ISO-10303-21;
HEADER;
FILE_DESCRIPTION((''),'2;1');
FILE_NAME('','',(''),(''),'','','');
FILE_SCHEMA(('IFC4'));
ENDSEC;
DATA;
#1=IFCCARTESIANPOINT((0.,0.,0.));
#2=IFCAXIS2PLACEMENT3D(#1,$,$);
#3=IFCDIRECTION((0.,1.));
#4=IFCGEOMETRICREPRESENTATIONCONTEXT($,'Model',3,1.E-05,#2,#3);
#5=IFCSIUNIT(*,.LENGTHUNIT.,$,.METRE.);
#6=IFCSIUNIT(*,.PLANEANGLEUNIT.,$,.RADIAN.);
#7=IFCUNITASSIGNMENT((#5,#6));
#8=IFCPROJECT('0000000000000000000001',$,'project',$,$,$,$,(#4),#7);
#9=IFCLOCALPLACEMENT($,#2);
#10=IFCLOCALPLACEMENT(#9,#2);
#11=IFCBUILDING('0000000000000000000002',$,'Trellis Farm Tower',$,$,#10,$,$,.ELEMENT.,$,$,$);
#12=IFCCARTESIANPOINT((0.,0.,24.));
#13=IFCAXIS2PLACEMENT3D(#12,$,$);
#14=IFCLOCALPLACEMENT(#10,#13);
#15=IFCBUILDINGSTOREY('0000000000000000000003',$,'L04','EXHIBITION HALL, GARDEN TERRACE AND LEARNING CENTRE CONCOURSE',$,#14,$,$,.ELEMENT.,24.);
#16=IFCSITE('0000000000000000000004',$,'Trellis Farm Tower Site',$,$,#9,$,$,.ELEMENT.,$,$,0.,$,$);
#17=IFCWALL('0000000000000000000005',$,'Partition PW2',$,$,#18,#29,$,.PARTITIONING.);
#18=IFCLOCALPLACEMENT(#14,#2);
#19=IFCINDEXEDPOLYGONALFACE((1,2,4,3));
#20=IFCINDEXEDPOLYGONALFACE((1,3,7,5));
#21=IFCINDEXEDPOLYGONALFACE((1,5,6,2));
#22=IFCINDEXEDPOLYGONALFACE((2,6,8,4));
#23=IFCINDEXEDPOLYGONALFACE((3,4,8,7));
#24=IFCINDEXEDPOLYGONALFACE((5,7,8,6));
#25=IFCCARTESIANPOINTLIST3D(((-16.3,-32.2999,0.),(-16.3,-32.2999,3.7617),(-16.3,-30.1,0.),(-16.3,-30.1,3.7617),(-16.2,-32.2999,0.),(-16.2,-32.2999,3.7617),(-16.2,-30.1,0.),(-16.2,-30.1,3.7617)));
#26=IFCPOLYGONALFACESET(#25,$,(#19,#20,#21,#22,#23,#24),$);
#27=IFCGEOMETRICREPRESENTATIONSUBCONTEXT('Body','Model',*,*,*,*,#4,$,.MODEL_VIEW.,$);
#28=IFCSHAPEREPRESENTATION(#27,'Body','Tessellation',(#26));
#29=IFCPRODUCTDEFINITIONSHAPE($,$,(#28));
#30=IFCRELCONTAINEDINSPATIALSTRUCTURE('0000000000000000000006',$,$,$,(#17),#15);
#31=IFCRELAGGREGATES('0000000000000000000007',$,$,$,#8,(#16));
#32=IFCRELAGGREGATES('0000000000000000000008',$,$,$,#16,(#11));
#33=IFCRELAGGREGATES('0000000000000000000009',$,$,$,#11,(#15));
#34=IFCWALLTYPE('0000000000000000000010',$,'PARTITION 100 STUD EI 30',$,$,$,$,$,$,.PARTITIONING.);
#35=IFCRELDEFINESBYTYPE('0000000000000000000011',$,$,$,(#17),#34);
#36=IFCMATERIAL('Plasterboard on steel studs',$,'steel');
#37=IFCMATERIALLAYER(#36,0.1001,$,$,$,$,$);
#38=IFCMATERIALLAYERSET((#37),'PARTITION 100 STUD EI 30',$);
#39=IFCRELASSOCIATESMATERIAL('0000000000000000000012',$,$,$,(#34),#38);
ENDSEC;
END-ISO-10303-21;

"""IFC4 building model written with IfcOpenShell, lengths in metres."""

from ifc_helpers import new_model, si_unit, direction, frame, frame_2d, origin, place, context, subcontext, project, spatial, rectangle, extrude, source, transform, mapped, material, layer, layer_set, type_object, element, save


model = new_model("IFC4")

# Units and contexts
model_context = context("Model", 3, precision=1e-05, world=origin(), true_north=direction((0.0, 1.0)))
body_context = subcontext(model_context, "Body", "Model", "MODEL_VIEW")
ifc_project = project(units=[si_unit("LENGTHUNIT", "METRE"), si_unit("PLANEANGLEUNIT", "RADIAN")], contexts=[model_context])

# Site, building, storey
site_placement = place(None, origin())
site = spatial("IfcSite", under=ifc_project, at=site_placement, Name="Trellis Farm Tower Site", CompositionType="ELEMENT", RefElevation=0.0)
building_placement = place(site_placement, origin())
building = spatial("IfcBuilding", under=site, at=building_placement, Name="Trellis Farm Tower", CompositionType="ELEMENT")
storey_placement = place(building_placement, frame((0.0, 0.0, 24.0)))
storey = spatial("IfcBuildingStorey", under=building, at=storey_placement, Name="L04", Description="EXHIBITION HALL, GARDEN TERRACE AND LEARNING CENTRE CONCOURSE", CompositionType="ELEMENT", Elevation=24.0)

# Wall
ifc_material_1 = material(Name="Plasterboard on steel studs", Category="steel")
ifc_layer_1 = layer(ifc_material_1, 0.1001)
ifc_layer_set_1 = layer_set([ifc_layer_1], Name="PARTITION 100 STUD EI 30")
wall_type_1 = type_object("IfcWallType", Name="PARTITION 100 STUD EI 30", PredefinedType="PARTITIONING", material=ifc_layer_set_1)
shared_shape_1 = source(origin(), body_context, "Body", "SweptSolid", [
    extrude(rectangle(XDim=2.2, YDim=0.1001, at=frame_2d((1.1001, 0.0))), origin(), (0.0, 0.0, 1.0), 3.7617),
])
wall_1_placement = place(storey_placement, frame((-16.25, -32.3, 0.0), z_axis=(0.0, 0.0, 1.0), x_axis=(0.0, 1.0, 0.0)))
element("IfcWall", 1, at=wall_1_placement, inside=storey, type_object=wall_type_1, Name="Partition PW2", PredefinedType="PARTITIONING", context=body_context, shape_type="MappedRepresentation", body=[
    mapped(shared_shape_1, transform((0.0, 0.0, 0.0))),
])

save(model, "model.ifc")
